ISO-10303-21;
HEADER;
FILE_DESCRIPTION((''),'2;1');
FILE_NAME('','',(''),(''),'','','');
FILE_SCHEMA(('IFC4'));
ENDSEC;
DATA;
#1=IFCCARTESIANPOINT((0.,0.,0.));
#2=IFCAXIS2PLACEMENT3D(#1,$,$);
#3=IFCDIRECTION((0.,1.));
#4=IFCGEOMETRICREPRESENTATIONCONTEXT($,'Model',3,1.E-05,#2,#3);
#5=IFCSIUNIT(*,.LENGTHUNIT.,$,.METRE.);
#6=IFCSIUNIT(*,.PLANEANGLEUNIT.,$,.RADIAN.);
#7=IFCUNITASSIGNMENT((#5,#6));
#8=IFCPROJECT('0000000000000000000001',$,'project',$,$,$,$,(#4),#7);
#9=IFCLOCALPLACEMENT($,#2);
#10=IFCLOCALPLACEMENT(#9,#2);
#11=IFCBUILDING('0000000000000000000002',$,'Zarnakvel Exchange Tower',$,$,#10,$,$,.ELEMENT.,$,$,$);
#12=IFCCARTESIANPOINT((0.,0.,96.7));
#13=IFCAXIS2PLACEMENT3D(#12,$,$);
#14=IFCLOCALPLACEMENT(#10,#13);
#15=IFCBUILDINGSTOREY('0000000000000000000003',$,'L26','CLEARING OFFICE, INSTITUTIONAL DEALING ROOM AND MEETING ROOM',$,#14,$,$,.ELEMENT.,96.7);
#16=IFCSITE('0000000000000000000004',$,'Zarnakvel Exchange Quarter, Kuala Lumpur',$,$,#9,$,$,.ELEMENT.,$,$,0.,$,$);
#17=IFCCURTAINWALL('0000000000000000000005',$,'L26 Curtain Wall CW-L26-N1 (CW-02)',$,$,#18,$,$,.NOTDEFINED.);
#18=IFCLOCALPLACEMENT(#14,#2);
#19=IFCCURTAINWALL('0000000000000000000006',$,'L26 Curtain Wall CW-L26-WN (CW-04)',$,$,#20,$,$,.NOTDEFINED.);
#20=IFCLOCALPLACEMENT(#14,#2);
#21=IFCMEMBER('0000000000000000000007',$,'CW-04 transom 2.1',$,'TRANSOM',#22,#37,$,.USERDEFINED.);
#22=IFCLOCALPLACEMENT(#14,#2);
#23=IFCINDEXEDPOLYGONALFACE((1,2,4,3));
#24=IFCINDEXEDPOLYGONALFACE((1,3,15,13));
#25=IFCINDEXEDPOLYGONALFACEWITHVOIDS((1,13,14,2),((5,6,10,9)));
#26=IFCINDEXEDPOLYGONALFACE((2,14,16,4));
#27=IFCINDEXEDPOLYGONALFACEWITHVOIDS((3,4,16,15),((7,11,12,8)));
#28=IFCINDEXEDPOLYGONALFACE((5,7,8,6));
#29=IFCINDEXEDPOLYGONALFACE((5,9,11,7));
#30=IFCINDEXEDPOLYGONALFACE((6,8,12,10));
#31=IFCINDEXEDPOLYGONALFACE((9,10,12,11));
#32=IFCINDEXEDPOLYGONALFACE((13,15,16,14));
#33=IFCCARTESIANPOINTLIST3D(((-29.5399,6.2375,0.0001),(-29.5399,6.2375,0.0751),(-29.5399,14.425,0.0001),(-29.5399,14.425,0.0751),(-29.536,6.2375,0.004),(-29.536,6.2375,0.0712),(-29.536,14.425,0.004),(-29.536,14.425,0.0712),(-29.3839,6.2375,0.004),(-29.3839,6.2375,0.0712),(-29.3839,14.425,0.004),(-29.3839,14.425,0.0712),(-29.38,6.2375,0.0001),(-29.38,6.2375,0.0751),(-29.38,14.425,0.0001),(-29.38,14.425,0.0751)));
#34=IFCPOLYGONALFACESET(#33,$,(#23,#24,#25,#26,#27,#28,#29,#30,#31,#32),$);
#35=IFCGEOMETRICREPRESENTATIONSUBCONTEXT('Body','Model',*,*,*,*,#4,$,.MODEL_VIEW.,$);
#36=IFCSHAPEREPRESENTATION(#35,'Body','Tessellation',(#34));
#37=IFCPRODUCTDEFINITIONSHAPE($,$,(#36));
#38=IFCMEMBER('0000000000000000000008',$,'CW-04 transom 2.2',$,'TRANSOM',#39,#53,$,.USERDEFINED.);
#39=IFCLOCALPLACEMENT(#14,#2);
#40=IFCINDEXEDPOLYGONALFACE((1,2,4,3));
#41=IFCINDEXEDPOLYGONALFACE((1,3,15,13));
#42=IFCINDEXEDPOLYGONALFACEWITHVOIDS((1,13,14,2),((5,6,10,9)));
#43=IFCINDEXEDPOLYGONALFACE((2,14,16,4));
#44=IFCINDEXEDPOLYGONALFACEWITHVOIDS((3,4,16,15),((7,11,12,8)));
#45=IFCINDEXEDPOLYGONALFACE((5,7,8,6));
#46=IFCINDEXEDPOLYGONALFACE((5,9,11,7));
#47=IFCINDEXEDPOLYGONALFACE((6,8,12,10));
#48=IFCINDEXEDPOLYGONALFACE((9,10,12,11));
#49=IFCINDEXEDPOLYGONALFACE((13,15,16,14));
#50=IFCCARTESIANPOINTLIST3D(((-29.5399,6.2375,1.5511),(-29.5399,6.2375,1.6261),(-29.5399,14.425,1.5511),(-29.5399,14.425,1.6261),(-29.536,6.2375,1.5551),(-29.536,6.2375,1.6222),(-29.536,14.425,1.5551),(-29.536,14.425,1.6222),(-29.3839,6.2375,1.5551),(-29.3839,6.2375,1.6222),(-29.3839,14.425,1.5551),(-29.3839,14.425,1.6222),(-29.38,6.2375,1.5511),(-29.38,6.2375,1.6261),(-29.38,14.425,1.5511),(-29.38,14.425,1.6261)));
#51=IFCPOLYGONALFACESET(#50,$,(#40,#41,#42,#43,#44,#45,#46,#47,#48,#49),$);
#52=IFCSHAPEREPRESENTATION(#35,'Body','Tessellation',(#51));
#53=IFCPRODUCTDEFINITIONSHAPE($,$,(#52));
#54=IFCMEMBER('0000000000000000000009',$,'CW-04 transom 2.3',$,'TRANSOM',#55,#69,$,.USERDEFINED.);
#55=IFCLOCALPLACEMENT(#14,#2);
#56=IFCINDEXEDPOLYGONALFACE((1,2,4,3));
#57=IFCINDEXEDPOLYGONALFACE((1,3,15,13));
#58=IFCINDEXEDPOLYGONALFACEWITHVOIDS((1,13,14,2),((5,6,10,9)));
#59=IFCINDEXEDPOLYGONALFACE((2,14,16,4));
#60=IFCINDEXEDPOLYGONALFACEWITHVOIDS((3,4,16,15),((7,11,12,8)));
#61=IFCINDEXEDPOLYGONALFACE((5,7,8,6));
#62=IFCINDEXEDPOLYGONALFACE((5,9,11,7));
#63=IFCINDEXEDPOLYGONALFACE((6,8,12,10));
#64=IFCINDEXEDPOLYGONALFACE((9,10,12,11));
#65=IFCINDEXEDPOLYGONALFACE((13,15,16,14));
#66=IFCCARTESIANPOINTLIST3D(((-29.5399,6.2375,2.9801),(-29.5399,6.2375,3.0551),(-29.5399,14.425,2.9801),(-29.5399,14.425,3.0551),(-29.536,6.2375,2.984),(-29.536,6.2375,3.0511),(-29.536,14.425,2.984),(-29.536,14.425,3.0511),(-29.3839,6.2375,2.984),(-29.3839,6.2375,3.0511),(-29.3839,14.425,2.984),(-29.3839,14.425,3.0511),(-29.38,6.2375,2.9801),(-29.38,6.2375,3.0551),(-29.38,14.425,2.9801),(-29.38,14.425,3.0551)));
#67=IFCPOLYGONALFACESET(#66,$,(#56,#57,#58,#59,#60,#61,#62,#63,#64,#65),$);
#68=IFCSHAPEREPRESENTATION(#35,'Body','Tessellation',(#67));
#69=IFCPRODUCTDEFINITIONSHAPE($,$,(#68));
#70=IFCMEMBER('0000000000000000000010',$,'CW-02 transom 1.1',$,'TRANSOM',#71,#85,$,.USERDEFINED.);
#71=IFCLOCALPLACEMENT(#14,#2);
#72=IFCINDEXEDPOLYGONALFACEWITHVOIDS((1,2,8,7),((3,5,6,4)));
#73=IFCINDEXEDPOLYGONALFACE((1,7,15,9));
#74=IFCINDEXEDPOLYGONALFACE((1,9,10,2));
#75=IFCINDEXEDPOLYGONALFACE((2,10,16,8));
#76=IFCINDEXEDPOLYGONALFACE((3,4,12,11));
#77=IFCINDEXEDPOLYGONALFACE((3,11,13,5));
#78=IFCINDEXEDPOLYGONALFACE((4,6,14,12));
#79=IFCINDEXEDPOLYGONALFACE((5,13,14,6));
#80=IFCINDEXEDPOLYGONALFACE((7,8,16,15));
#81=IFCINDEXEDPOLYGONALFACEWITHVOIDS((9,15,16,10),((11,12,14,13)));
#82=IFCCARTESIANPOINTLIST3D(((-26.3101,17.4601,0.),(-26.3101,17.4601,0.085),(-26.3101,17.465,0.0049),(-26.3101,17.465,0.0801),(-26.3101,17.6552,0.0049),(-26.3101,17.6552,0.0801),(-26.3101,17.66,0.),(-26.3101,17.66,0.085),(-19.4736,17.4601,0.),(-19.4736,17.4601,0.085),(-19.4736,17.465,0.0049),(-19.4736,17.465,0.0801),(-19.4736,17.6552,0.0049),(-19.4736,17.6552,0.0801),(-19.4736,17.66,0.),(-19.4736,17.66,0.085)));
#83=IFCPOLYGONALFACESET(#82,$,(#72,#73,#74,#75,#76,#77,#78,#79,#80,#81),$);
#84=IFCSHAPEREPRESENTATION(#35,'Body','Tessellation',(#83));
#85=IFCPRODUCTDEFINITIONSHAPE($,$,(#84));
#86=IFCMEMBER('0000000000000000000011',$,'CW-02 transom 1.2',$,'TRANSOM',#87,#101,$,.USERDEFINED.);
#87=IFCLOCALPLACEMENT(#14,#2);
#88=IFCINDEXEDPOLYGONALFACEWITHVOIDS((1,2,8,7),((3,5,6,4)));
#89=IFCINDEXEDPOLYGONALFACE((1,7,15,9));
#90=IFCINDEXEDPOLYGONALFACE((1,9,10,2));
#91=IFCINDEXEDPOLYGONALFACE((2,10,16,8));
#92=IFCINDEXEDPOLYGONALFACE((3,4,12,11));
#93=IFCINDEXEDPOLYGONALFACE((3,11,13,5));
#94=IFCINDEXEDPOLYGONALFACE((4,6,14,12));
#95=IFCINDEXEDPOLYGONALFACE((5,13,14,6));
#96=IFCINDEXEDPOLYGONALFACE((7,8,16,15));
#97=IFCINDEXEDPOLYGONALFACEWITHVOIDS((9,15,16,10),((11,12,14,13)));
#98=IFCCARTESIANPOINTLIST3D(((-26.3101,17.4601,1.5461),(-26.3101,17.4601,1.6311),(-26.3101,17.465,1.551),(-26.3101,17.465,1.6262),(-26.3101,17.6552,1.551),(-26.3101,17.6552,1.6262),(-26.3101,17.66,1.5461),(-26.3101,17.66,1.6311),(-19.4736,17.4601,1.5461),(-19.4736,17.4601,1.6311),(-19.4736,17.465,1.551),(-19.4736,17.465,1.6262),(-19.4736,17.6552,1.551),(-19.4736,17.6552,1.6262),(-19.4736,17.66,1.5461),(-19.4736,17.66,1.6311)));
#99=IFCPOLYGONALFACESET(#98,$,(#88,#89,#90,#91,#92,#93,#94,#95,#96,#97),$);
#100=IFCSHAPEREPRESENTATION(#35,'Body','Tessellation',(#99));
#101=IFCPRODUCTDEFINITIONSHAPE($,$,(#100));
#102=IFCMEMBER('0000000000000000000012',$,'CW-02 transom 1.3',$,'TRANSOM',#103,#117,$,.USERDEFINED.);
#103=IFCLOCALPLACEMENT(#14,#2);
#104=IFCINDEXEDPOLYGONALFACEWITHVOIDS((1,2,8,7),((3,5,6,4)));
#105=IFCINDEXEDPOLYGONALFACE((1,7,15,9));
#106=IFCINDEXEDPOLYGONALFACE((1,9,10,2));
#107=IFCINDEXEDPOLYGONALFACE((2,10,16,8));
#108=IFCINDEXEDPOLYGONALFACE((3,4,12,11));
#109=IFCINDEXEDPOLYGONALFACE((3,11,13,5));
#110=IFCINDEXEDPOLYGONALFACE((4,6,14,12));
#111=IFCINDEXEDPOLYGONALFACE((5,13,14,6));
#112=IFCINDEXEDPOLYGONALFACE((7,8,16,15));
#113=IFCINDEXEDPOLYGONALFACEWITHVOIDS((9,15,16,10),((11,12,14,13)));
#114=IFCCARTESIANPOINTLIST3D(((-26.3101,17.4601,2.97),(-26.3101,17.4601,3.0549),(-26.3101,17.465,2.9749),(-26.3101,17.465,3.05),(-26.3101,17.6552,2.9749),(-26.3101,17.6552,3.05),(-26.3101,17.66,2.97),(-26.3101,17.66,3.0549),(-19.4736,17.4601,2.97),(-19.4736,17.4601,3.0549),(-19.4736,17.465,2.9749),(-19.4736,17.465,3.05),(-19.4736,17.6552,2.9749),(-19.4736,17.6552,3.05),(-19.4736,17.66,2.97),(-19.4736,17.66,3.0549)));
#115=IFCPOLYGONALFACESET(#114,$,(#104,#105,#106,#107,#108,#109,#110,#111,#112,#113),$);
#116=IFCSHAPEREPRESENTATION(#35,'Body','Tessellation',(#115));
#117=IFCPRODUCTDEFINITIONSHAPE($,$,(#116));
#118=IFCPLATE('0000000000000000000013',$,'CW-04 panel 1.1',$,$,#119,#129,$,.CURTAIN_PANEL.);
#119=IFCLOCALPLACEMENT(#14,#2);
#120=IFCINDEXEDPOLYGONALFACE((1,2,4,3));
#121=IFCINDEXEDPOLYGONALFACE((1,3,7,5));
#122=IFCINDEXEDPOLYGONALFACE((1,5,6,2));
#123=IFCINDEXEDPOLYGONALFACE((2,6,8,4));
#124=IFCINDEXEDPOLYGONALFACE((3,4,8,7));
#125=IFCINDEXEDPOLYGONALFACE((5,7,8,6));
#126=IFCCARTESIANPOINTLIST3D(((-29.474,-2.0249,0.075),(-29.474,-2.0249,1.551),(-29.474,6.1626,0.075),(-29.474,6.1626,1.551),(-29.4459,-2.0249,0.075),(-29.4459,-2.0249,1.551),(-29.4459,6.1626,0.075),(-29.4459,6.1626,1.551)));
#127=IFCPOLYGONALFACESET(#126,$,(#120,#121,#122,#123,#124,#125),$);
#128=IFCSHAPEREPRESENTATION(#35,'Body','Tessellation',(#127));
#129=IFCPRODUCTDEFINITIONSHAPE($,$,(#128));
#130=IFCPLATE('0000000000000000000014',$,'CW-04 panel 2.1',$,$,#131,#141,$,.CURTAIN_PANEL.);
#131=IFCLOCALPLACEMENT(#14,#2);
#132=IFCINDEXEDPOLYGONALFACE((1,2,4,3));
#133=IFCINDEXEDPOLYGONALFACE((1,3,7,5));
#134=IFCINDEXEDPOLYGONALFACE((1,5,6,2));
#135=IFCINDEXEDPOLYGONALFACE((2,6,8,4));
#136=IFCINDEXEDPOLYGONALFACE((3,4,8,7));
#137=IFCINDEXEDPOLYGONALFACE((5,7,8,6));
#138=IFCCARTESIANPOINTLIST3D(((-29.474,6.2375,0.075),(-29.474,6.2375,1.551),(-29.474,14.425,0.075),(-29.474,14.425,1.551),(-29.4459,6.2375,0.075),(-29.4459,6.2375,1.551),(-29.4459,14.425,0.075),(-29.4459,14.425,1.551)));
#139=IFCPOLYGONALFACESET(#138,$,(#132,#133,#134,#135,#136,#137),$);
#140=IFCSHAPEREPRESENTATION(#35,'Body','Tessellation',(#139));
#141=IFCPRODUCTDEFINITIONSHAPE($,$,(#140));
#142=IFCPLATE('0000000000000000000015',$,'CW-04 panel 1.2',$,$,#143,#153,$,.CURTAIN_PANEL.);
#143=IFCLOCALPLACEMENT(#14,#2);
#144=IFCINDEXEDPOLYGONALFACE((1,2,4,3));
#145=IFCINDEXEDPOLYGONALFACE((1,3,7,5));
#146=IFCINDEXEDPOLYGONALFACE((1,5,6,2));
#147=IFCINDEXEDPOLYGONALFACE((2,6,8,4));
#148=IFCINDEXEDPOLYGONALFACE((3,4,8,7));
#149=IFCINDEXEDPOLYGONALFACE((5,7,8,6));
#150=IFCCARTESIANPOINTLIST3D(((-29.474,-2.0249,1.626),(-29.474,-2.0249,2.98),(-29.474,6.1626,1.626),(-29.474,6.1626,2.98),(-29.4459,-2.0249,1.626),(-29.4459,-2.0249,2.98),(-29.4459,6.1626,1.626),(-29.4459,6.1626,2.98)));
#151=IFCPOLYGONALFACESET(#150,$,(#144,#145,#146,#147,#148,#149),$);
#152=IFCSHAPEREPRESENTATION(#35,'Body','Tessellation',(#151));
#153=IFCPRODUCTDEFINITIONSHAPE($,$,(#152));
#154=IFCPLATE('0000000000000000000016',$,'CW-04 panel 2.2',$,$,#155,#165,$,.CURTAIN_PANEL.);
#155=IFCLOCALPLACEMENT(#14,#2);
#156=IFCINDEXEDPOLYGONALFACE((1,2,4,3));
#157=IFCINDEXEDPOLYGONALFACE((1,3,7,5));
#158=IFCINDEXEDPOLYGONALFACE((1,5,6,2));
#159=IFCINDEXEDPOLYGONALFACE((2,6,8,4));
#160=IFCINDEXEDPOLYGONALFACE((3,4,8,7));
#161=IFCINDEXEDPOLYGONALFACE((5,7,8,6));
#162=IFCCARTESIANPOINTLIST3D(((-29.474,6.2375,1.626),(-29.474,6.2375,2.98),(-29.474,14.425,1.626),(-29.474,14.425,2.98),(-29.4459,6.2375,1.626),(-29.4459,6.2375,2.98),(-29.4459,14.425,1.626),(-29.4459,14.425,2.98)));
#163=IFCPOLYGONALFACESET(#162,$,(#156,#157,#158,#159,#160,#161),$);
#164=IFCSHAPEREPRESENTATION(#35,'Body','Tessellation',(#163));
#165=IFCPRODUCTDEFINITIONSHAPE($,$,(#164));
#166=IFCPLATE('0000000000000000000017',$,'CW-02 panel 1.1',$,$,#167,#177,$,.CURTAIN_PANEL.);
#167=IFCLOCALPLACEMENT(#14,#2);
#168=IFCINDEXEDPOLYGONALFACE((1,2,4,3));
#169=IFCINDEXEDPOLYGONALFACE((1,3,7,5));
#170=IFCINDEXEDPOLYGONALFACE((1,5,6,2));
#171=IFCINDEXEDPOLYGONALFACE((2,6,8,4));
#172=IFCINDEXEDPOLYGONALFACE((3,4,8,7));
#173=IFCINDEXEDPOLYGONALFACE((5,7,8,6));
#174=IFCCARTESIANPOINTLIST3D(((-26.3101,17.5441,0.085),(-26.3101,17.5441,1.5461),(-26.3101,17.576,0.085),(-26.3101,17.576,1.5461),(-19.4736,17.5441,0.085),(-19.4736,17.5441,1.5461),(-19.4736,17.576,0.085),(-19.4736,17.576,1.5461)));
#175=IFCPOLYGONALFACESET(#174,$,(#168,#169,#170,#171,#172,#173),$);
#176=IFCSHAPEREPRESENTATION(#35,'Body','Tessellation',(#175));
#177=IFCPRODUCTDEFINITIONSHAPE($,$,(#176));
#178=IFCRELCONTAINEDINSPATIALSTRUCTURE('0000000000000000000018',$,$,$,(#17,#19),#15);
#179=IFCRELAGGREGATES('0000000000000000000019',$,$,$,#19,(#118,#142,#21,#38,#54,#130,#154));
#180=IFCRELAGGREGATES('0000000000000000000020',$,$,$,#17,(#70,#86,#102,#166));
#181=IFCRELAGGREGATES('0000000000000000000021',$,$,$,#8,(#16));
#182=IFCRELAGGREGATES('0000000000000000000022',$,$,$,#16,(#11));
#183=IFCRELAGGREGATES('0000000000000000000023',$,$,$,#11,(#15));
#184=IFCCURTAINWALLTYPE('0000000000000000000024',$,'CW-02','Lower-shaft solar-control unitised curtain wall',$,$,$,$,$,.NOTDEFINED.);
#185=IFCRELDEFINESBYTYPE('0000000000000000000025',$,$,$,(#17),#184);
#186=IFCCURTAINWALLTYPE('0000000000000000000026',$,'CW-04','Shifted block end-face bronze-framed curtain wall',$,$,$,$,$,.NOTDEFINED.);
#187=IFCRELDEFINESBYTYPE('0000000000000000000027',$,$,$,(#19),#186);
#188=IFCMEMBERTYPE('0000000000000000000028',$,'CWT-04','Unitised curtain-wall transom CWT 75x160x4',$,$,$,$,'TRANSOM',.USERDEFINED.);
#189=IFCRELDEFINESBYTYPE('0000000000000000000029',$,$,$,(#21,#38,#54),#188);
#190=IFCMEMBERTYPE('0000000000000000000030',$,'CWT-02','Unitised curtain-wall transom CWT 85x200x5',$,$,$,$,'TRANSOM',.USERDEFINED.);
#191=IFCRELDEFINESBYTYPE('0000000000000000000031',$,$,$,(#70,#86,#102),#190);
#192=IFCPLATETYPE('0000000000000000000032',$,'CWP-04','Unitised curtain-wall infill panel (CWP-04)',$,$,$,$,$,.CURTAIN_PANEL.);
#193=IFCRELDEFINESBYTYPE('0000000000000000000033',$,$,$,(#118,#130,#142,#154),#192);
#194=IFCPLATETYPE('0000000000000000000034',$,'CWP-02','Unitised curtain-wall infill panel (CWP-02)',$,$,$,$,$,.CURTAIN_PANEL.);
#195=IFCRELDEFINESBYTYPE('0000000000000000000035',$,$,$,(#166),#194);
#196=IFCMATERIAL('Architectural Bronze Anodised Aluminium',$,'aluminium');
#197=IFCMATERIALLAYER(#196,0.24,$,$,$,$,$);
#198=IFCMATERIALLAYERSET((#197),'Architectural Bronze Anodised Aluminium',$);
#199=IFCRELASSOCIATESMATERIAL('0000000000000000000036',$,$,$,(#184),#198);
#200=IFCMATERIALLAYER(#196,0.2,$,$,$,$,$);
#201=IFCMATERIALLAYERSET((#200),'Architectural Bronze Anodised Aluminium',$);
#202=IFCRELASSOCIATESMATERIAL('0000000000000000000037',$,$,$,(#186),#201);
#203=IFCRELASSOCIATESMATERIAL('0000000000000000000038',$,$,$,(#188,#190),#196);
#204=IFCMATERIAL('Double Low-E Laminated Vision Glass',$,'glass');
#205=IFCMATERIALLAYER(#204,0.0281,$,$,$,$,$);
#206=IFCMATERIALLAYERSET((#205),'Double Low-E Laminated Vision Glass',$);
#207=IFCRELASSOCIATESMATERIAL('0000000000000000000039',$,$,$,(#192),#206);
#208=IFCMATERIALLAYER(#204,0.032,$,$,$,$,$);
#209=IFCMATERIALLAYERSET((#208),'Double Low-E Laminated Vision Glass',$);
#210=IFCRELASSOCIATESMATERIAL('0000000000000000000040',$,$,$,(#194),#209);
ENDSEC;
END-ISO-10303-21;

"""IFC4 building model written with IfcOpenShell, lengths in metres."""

from ifc_helpers import new_model, si_unit, direction, frame, origin, origin_2d, place, context, subcontext, project, spatial, rectangle, hollow_rectangle, extrude, source, transform, mapped, material, layer, layer_set, material_profile, profile_set, type_object, element, aggregate, save


model = new_model("IFC4")

# Units and contexts
model_context = context("Model", 3, precision=1e-05, world=origin(), true_north=direction((0.0, 1.0)))
body_context = subcontext(model_context, "Body", "Model", "MODEL_VIEW")
ifc_project = project(units=[si_unit("LENGTHUNIT", "METRE"), si_unit("PLANEANGLEUNIT", "RADIAN")], contexts=[model_context])

# Site, building, storey
site_placement = place(None, origin())
site = spatial("IfcSite", under=ifc_project, at=site_placement, Name="Zarnakvel Exchange Quarter, Kuala Lumpur", CompositionType="ELEMENT", RefElevation=0.0)
building_placement = place(site_placement, origin())
building = spatial("IfcBuilding", under=site, at=building_placement, Name="Zarnakvel Exchange Tower", CompositionType="ELEMENT")
storey_placement = place(building_placement, frame((0.0, 0.0, 96.7)))
storey = spatial("IfcBuildingStorey", under=building, at=storey_placement, Name="L26", Description="CLEARING OFFICE, INSTITUTIONAL DEALING ROOM AND MEETING ROOM", CompositionType="ELEMENT", Elevation=96.7)

# Curtain wall
ifc_material_1 = material(Name="Architectural Bronze Anodised Aluminium", Category="aluminium")
ifc_layer_1 = layer(ifc_material_1, 0.24)
ifc_layer_set_1 = layer_set([ifc_layer_1], Name="Architectural Bronze Anodised Aluminium")
curtain_wall_type_1 = type_object("IfcCurtainWallType", Name="CW-02", Description="Lower-shaft solar-control unitised curtain wall", PredefinedType="NOTDEFINED", material=ifc_layer_set_1)
curtain_wall_1_placement = place(storey_placement, origin())
curtain_wall_1 = element("IfcCurtainWall", 1, at=curtain_wall_1_placement, inside=storey, type_object=curtain_wall_type_1, Name="L26 Curtain Wall CW-L26-N1 (CW-02)", PredefinedType="NOTDEFINED")

# Curtain wall, members
ifc_layer_2 = layer(ifc_material_1, 0.2)
ifc_layer_set_2 = layer_set([ifc_layer_2], Name="Architectural Bronze Anodised Aluminium")
curtain_wall_type_2 = type_object("IfcCurtainWallType", Name="CW-04", Description="Shifted block end-face bronze-framed curtain wall", PredefinedType="NOTDEFINED", material=ifc_layer_set_2)
curtain_wall_2_placement = place(storey_placement, origin())
curtain_wall_2 = element("IfcCurtainWall", 2, at=curtain_wall_2_placement, inside=storey, type_object=curtain_wall_type_2, Name="L26 Curtain Wall CW-L26-WN (CW-04)", PredefinedType="NOTDEFINED")
ifc_material_profile_1 = material_profile(ifc_material_1, hollow_rectangle(XDim=0.1599, YDim=0.075, WallThickness=0.0039, at=origin_2d()))
ifc_profile_set_1 = profile_set([ifc_material_profile_1], Name="Architectural Bronze Anodised Aluminium")
member_type_1 = type_object("IfcMemberType", Name="CWT-04", Description="Unitised curtain-wall transom CWT 75x160x4", ElementType="TRANSOM", PredefinedType="USERDEFINED", material=ifc_profile_set_1)
shared_shape_1 = source(origin(), body_context, "Body", "SweptSolid", [
    extrude(hollow_rectangle(XDim=0.1599, YDim=0.075, WallThickness=0.0039, at=origin_2d()), origin(), (0.0, 0.0, 1.0), 8.1875),
])
member_1_placement = place(storey_placement, frame((-29.46, 6.2375, 0.0376), z_axis=(0.0, 1.0, 0.0), x_axis=(-1.0, 0.0, 0.0)))
member_1 = element("IfcMember", 3, at=member_1_placement, type_object=member_type_1, Name="CW-04 transom 2.1", ObjectType="TRANSOM", PredefinedType="USERDEFINED", context=body_context, shape_type="MappedRepresentation", body=[
    mapped(shared_shape_1, transform((0.0, 0.0, 0.0), x_axis=(1.0, 0.0, 0.0), y_axis=(0.0, 1.0, 0.0), z_axis=(0.0, 0.0, 1.0), scale=1.0)),
])
member_2_placement = place(storey_placement, frame((-29.46, 6.2375, 1.5886), z_axis=(0.0, 1.0, 0.0), x_axis=(-1.0, 0.0, 0.0)))
member_2 = element("IfcMember", 4, at=member_2_placement, type_object=member_type_1, Name="CW-04 transom 2.2", ObjectType="TRANSOM", PredefinedType="USERDEFINED", context=body_context, shape_type="MappedRepresentation", body=[
    mapped(shared_shape_1, transform((0.0, 0.0, 0.0), x_axis=(1.0, 0.0, 0.0), y_axis=(0.0, 1.0, 0.0), z_axis=(0.0, 0.0, 1.0), scale=1.0)),
])
member_3_placement = place(storey_placement, frame((-29.46, 6.2375, 3.0176), z_axis=(0.0, 1.0, 0.0), x_axis=(-1.0, 0.0, 0.0)))
member_3 = element("IfcMember", 5, at=member_3_placement, type_object=member_type_1, Name="CW-04 transom 2.3", ObjectType="TRANSOM", PredefinedType="USERDEFINED", context=body_context, shape_type="MappedRepresentation", body=[
    mapped(shared_shape_1, transform((0.0, 0.0, 0.0), x_axis=(1.0, 0.0, 0.0), y_axis=(0.0, 1.0, 0.0), z_axis=(0.0, 0.0, 1.0), scale=1.0)),
])

# Members
ifc_material_profile_2 = material_profile(ifc_material_1, hollow_rectangle(XDim=0.2, YDim=0.085, WallThickness=0.0049, at=origin_2d()))
ifc_profile_set_2 = profile_set([ifc_material_profile_2], Name="Architectural Bronze Anodised Aluminium")
member_type_2 = type_object("IfcMemberType", Name="CWT-02", Description="Unitised curtain-wall transom CWT 85x200x5", ElementType="TRANSOM", PredefinedType="USERDEFINED", material=ifc_profile_set_2)
shared_shape_2 = source(origin(), body_context, "Body", "SweptSolid", [
    extrude(hollow_rectangle(XDim=0.2, YDim=0.085, WallThickness=0.0049, at=origin_2d()), origin(), (0.0, 0.0, 1.0), 6.8364),
])
member_4_placement = place(storey_placement, frame((-26.3101, 17.5601, 0.0425), z_axis=(1.0, 0.0, 0.0), x_axis=(0.0, 1.0, 0.0)))
member_4 = element("IfcMember", 6, at=member_4_placement, type_object=member_type_2, Name="CW-02 transom 1.1", ObjectType="TRANSOM", PredefinedType="USERDEFINED", context=body_context, shape_type="MappedRepresentation", body=[
    mapped(shared_shape_2, transform((0.0, 0.0, 0.0), x_axis=(1.0, 0.0, 0.0), y_axis=(0.0, 1.0, 0.0), z_axis=(0.0, 0.0, 1.0), scale=1.0)),
])
member_5_placement = place(storey_placement, frame((-26.3101, 17.5601, 1.5886), z_axis=(1.0, 0.0, 0.0), x_axis=(0.0, 1.0, 0.0)))
member_5 = element("IfcMember", 7, at=member_5_placement, type_object=member_type_2, Name="CW-02 transom 1.2", ObjectType="TRANSOM", PredefinedType="USERDEFINED", context=body_context, shape_type="MappedRepresentation", body=[
    mapped(shared_shape_2, transform((0.0, 0.0, 0.0), x_axis=(1.0, 0.0, 0.0), y_axis=(0.0, 1.0, 0.0), z_axis=(0.0, 0.0, 1.0), scale=1.0)),
])
member_6_placement = place(storey_placement, frame((-26.3101, 17.5601, 3.0125), z_axis=(1.0, 0.0, 0.0), x_axis=(0.0, 1.0, 0.0)))
member_6 = element("IfcMember", 8, at=member_6_placement, type_object=member_type_2, Name="CW-02 transom 1.3", ObjectType="TRANSOM", PredefinedType="USERDEFINED", context=body_context, shape_type="MappedRepresentation", body=[
    mapped(shared_shape_2, transform((0.0, 0.0, 0.0), x_axis=(1.0, 0.0, 0.0), y_axis=(0.0, 1.0, 0.0), z_axis=(0.0, 0.0, 1.0), scale=1.0)),
])

# Plates
ifc_material_2 = material(Name="Double Low-E Laminated Vision Glass", Category="glass")
ifc_layer_3 = layer(ifc_material_2, 0.0281)
ifc_layer_set_3 = layer_set([ifc_layer_3], Name="Double Low-E Laminated Vision Glass")
plate_type_1 = type_object("IfcPlateType", Name="CWP-04", Description="Unitised curtain-wall infill panel (CWP-04)", PredefinedType="CURTAIN_PANEL", material=ifc_layer_set_3)
shared_shape_3 = source(origin(), body_context, "Body", "SweptSolid", [
    extrude(rectangle(XDim=8.1875, YDim=0.0281, at=origin_2d()), origin(), (0.0, 0.0, 1.0), 1.4761),
])
plate_1_placement = place(storey_placement, frame((-29.46, 2.0688, 0.075), z_axis=(0.0, 0.0, 1.0), x_axis=(0.0, 1.0, 0.0)))
plate_1 = element("IfcPlate", 9, at=plate_1_placement, type_object=plate_type_1, Name="CW-04 panel 1.1", PredefinedType="CURTAIN_PANEL", context=body_context, shape_type="MappedRepresentation", body=[
    mapped(shared_shape_3, transform((0.0, 0.0, 0.0), x_axis=(1.0, 0.0, 0.0), y_axis=(0.0, 1.0, 0.0), z_axis=(0.0, 0.0, 1.0), scale=1.0)),
])
plate_2_placement = place(storey_placement, frame((-29.46, 10.3313, 0.075), z_axis=(0.0, 0.0, 1.0), x_axis=(0.0, 1.0, 0.0)))
plate_2 = element("IfcPlate", 10, at=plate_2_placement, type_object=plate_type_1, Name="CW-04 panel 2.1", PredefinedType="CURTAIN_PANEL", context=body_context, shape_type="MappedRepresentation", body=[
    mapped(shared_shape_3, transform((0.0, 0.0, 0.0), x_axis=(1.0, 0.0, 0.0), y_axis=(0.0, 1.0, 0.0), z_axis=(0.0, 0.0, 1.0), scale=1.0)),
])
shared_shape_4 = source(origin(), body_context, "Body", "SweptSolid", [
    extrude(rectangle(XDim=8.1875, YDim=0.0281, at=origin_2d()), origin(), (0.0, 0.0, 1.0), 1.354),
])
plate_3_placement = place(storey_placement, frame((-29.46, 2.0688, 1.626), z_axis=(0.0, 0.0, 1.0), x_axis=(0.0, 1.0, 0.0)))
plate_3 = element("IfcPlate", 11, at=plate_3_placement, type_object=plate_type_1, Name="CW-04 panel 1.2", PredefinedType="CURTAIN_PANEL", context=body_context, shape_type="MappedRepresentation", body=[
    mapped(shared_shape_4, transform((0.0, 0.0, 0.0), x_axis=(1.0, 0.0, 0.0), y_axis=(0.0, 1.0, 0.0), z_axis=(0.0, 0.0, 1.0), scale=1.0)),
])
plate_4_placement = place(storey_placement, frame((-29.46, 10.3313, 1.626), z_axis=(0.0, 0.0, 1.0), x_axis=(0.0, 1.0, 0.0)))
plate_4 = element("IfcPlate", 12, at=plate_4_placement, type_object=plate_type_1, Name="CW-04 panel 2.2", PredefinedType="CURTAIN_PANEL", context=body_context, shape_type="MappedRepresentation", body=[
    mapped(shared_shape_4, transform((0.0, 0.0, 0.0), x_axis=(1.0, 0.0, 0.0), y_axis=(0.0, 1.0, 0.0), z_axis=(0.0, 0.0, 1.0), scale=1.0)),
])
aggregate(curtain_wall_2, [plate_1, plate_3, member_1, member_2, member_3, plate_2, plate_4])
ifc_layer_4 = layer(ifc_material_2, 0.032)
ifc_layer_set_4 = layer_set([ifc_layer_4], Name="Double Low-E Laminated Vision Glass")
plate_type_2 = type_object("IfcPlateType", Name="CWP-02", Description="Unitised curtain-wall infill panel (CWP-02)", PredefinedType="CURTAIN_PANEL", material=ifc_layer_set_4)
shared_shape_5 = source(origin(), body_context, "Body", "SweptSolid", [
    extrude(rectangle(XDim=6.8364, YDim=0.032, at=origin_2d()), origin(), (0.0, 0.0, 1.0), 1.4612),
])
plate_5_placement = place(storey_placement, frame((-22.8918, 17.5601, 0.085), z_axis=(0.0, 0.0, 1.0), x_axis=(1.0, 0.0, 0.0)))
plate_5 = element("IfcPlate", 13, at=plate_5_placement, type_object=plate_type_2, Name="CW-02 panel 1.1", PredefinedType="CURTAIN_PANEL", context=body_context, shape_type="MappedRepresentation", body=[
    mapped(shared_shape_5, transform((0.0, 0.0, 0.0), x_axis=(1.0, 0.0, 0.0), y_axis=(0.0, 1.0, 0.0), z_axis=(0.0, 0.0, 1.0), scale=1.0)),
])
aggregate(curtain_wall_1, [member_4, member_5, member_6, plate_5])

save(model, "model.ifc")
